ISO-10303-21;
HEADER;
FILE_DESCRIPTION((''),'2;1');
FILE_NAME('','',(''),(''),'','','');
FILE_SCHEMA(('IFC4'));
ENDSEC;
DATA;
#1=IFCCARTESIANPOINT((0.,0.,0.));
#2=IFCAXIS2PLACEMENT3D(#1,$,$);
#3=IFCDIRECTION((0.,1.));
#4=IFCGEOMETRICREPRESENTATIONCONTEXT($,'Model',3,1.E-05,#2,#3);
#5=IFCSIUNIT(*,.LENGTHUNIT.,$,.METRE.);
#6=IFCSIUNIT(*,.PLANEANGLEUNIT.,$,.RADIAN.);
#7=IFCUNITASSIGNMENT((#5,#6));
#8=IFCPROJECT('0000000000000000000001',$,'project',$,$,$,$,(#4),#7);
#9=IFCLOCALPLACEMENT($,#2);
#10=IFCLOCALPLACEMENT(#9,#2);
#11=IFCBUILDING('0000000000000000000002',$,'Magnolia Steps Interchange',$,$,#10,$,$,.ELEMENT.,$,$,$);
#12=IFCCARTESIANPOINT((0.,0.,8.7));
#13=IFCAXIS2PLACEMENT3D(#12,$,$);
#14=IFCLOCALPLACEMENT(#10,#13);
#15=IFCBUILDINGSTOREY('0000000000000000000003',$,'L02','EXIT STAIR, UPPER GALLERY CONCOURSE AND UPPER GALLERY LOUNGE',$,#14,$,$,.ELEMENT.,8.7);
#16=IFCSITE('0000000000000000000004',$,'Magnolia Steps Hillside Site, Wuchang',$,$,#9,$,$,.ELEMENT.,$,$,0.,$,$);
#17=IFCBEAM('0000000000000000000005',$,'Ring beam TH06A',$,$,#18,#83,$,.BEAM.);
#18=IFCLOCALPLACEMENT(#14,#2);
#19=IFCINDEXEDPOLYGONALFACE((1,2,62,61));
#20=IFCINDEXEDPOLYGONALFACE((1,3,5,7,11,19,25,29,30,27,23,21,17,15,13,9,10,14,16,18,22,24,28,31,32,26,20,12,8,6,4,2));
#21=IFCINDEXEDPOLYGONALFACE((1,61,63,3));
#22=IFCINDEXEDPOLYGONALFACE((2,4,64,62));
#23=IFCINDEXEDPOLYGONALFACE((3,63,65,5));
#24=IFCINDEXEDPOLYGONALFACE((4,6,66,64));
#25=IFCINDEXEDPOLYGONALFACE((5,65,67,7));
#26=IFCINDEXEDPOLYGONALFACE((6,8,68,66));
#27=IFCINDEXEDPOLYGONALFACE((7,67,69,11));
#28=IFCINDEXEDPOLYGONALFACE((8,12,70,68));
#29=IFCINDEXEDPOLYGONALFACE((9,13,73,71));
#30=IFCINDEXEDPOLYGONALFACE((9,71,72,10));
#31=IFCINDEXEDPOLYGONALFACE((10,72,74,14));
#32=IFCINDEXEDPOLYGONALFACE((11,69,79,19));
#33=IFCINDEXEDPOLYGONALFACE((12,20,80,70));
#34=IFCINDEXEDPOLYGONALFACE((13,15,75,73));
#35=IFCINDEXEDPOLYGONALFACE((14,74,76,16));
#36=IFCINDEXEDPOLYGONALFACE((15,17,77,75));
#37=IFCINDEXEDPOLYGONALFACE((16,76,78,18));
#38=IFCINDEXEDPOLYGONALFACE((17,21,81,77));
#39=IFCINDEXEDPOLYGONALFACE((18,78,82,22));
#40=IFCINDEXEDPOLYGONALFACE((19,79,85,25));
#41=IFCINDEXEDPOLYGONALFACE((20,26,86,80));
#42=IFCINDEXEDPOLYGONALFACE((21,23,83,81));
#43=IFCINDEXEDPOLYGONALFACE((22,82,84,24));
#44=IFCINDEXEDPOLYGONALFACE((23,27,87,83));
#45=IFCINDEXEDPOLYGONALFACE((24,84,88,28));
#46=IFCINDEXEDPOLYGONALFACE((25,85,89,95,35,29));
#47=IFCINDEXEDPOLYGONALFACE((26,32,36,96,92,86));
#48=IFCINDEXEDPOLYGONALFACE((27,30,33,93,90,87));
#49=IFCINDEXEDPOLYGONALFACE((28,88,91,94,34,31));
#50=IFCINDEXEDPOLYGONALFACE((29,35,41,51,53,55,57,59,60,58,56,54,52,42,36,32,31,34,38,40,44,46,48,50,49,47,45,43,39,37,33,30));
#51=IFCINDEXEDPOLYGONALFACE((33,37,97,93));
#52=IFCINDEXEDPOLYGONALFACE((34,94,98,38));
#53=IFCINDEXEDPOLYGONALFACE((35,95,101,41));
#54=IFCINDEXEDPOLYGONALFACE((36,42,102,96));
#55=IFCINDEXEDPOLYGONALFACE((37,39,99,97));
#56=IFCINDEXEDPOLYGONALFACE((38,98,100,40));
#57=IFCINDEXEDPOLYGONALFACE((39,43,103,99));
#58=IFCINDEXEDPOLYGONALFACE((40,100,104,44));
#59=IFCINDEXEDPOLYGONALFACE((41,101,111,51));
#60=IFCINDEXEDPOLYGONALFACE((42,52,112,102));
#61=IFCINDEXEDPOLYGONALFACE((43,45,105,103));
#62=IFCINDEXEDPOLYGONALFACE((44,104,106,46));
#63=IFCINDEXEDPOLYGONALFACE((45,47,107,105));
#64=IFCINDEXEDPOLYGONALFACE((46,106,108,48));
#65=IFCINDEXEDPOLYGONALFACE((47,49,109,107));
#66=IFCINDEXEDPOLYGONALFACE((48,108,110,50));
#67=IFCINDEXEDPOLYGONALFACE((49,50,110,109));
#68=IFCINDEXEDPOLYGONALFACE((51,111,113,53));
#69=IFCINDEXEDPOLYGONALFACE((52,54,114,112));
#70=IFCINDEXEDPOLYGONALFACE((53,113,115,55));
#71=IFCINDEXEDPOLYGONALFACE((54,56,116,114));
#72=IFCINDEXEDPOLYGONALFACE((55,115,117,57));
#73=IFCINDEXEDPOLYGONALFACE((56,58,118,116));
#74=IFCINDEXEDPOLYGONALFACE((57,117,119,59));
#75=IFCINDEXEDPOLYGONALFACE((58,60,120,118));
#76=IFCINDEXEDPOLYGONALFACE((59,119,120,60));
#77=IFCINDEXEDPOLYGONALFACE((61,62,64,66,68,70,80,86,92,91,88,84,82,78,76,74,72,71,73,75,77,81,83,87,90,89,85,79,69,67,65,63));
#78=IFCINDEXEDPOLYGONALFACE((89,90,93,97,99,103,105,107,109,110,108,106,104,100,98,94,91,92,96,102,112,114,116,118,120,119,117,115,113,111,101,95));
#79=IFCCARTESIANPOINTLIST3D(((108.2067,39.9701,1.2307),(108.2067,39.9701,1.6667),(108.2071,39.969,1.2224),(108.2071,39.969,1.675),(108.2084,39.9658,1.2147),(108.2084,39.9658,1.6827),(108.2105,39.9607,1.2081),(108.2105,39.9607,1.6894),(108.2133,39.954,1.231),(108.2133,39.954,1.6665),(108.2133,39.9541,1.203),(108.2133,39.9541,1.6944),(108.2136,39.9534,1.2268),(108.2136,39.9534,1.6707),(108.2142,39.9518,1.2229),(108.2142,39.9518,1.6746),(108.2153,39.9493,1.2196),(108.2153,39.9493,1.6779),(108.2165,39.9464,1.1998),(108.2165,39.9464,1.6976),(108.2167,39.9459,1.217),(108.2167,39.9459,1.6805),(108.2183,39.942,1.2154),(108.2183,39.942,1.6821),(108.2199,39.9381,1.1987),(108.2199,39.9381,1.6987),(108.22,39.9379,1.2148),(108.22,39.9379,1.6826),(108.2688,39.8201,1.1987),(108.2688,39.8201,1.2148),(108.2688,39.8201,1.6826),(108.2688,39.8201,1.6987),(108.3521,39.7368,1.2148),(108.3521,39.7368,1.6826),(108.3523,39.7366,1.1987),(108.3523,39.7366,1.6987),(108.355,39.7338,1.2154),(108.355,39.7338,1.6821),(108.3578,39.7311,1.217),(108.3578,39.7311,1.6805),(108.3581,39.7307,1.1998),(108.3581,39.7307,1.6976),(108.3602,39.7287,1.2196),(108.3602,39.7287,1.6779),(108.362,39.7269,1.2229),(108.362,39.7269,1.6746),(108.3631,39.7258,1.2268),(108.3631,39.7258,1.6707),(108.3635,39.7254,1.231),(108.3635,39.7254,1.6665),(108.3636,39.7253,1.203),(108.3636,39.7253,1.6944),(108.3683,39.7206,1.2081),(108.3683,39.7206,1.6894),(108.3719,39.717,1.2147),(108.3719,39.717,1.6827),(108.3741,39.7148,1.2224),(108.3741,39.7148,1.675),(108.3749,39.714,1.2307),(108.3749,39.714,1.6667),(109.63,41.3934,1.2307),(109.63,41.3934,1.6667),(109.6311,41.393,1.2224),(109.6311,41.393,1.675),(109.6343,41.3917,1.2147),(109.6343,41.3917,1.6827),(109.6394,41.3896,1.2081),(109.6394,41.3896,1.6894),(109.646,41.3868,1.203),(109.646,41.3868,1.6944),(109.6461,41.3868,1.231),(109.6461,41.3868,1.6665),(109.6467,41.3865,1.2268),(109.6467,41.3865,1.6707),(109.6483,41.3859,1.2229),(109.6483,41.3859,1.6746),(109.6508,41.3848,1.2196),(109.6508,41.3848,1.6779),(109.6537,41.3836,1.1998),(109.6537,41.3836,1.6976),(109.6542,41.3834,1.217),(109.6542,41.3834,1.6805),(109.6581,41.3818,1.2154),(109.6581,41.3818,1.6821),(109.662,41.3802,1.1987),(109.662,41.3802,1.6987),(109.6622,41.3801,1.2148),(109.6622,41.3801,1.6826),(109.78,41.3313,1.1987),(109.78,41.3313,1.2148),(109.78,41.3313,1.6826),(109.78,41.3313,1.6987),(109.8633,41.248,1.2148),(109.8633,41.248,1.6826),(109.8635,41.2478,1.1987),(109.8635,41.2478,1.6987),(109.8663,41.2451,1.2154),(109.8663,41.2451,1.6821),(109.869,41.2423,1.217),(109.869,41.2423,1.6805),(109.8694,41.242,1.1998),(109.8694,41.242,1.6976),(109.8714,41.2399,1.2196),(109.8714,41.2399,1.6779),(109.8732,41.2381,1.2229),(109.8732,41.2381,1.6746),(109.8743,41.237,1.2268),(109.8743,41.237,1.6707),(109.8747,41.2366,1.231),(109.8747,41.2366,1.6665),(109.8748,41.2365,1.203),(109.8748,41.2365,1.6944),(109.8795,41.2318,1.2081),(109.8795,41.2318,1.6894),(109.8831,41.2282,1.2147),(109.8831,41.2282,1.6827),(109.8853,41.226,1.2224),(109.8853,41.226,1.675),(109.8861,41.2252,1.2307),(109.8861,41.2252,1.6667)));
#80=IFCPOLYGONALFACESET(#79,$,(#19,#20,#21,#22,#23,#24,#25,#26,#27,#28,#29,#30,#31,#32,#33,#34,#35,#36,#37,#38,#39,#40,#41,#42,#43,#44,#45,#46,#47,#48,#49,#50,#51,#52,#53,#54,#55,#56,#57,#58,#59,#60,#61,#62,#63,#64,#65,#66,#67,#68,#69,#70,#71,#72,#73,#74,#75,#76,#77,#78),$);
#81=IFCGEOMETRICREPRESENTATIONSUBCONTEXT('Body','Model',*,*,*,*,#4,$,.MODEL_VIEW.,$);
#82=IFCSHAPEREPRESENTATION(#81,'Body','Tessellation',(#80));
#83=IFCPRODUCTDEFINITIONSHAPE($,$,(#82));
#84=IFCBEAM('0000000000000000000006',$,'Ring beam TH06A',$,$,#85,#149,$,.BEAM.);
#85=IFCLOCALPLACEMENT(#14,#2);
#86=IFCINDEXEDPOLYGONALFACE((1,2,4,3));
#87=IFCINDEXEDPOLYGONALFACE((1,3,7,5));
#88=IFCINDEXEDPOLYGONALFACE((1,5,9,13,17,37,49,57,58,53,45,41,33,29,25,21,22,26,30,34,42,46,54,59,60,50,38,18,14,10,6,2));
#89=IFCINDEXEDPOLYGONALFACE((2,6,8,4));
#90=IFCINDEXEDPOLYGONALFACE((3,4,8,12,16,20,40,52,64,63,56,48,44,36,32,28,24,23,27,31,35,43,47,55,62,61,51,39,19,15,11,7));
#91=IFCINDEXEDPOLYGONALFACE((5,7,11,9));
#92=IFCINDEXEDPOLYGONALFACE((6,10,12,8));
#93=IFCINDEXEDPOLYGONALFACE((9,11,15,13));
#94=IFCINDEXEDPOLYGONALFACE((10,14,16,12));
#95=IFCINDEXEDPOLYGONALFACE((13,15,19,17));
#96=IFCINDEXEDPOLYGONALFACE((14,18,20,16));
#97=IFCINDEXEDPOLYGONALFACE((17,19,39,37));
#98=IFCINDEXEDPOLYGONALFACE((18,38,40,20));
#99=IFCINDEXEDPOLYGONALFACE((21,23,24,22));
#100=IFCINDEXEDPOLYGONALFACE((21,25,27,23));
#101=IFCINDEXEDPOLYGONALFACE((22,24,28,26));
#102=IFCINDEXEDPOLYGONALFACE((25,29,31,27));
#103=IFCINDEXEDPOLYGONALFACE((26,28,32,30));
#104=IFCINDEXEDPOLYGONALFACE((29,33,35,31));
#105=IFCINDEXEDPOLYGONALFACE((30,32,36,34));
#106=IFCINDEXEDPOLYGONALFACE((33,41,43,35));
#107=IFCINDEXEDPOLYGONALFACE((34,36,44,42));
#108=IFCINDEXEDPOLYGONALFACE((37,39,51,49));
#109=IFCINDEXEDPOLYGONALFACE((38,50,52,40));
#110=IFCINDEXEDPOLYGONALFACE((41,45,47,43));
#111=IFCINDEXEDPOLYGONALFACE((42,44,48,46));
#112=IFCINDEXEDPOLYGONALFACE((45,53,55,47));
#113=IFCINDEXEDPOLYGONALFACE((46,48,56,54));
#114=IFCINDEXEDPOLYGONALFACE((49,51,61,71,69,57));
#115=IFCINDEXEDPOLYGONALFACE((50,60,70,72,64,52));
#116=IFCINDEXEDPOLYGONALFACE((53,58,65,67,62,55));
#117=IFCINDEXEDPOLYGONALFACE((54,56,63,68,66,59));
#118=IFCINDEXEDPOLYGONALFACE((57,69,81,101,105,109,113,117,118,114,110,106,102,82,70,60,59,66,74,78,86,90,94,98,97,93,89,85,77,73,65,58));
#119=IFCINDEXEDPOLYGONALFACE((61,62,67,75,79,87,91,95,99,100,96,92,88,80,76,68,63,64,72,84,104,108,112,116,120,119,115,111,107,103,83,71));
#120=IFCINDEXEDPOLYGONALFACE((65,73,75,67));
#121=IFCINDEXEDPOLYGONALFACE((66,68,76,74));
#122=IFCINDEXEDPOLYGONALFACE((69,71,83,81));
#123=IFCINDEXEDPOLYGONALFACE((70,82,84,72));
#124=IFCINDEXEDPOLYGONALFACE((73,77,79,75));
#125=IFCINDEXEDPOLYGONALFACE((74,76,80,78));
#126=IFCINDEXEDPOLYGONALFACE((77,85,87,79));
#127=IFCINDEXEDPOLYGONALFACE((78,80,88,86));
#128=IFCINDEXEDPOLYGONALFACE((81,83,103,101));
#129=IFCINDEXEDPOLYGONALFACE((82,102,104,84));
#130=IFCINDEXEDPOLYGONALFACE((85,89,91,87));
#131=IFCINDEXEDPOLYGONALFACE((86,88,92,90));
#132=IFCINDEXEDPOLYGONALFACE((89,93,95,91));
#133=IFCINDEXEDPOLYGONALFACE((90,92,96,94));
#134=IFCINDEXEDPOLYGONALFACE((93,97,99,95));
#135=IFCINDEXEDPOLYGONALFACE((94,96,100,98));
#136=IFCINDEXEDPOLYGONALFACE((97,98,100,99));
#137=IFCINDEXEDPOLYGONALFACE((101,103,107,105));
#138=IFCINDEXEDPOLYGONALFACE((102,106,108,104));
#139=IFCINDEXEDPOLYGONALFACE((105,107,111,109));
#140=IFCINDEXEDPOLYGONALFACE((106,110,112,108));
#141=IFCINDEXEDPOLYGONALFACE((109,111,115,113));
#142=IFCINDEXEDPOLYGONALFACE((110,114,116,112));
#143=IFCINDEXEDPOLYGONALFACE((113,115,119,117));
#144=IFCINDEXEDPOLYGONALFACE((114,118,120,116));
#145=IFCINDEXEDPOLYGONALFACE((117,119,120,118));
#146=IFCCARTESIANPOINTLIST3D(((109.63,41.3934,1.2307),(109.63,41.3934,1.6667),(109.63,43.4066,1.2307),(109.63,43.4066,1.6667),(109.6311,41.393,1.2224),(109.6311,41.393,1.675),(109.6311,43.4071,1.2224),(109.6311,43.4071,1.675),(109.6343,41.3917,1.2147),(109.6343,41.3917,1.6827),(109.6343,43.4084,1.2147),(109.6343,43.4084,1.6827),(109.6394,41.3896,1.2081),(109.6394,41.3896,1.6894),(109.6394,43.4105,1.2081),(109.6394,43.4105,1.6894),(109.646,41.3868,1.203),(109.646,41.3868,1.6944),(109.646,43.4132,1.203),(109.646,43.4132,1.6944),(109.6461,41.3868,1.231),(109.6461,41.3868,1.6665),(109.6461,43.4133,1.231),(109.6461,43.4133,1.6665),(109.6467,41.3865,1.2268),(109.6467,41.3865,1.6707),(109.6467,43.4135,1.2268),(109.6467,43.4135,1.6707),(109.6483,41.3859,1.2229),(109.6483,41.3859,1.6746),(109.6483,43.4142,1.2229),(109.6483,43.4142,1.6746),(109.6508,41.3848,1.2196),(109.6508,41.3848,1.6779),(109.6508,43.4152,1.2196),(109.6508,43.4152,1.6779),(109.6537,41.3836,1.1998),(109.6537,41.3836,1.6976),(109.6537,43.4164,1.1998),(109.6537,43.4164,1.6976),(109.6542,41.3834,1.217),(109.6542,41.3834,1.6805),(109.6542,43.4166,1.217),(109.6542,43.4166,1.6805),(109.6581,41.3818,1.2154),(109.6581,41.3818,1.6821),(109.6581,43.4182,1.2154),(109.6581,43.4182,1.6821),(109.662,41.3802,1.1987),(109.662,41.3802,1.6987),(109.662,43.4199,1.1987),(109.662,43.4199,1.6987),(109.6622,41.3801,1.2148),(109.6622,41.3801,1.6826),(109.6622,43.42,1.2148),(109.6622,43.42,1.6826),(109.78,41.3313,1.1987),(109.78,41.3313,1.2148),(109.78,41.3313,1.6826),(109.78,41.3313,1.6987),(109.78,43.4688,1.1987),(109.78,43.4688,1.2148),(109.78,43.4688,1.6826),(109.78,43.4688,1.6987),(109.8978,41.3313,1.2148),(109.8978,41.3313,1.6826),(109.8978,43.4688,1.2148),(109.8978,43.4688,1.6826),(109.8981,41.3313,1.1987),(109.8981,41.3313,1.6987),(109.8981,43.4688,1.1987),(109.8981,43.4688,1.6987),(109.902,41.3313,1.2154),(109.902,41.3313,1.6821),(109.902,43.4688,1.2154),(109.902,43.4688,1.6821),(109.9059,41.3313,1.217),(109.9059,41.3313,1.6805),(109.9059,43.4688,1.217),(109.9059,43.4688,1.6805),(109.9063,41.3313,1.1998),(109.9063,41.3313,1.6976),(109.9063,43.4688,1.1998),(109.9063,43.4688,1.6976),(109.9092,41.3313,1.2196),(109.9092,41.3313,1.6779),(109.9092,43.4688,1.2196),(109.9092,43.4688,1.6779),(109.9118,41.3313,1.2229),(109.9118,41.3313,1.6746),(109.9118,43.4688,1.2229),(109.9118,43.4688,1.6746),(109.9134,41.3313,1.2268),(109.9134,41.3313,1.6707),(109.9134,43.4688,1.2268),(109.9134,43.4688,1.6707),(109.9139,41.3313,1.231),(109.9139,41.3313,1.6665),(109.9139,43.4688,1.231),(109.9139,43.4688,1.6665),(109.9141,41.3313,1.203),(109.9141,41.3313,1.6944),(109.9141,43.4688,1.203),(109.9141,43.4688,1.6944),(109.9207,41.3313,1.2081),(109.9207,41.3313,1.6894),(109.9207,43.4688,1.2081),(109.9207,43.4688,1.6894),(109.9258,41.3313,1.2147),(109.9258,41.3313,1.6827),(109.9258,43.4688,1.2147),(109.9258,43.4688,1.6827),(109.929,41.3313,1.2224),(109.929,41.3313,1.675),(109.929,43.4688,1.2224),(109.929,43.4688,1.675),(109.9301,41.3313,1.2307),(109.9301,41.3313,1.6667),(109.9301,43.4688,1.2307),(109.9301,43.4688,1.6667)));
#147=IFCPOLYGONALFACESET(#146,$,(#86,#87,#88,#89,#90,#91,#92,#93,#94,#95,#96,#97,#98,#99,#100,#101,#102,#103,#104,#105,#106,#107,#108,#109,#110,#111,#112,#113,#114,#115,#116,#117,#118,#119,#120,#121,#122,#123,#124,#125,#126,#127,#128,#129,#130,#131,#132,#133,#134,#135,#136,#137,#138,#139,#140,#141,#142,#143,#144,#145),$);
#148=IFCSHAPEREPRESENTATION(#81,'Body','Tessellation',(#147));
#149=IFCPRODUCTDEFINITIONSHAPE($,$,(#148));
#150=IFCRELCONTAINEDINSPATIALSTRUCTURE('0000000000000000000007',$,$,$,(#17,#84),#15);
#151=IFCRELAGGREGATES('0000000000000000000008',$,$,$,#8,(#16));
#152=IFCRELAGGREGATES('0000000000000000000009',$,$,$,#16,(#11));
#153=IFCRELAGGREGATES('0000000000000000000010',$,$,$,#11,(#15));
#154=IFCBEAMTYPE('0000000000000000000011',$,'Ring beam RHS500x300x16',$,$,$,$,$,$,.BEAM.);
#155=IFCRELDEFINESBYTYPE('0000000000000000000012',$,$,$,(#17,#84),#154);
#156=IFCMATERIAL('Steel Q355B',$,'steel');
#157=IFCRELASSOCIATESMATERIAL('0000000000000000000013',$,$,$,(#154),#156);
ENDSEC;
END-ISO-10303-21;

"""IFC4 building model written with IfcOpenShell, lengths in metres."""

from ifc_helpers import new_model, si_unit, direction, frame, origin, origin_2d, place, context, subcontext, project, spatial, hollow_rectangle, extrude, clip, halfspace, material, material_profile, profile_set, type_object, element, save


model = new_model("IFC4")

# Units and contexts
model_context = context("Model", 3, precision=1e-05, world=origin(), true_north=direction((0.0, 1.0)))
body_context = subcontext(model_context, "Body", "Model", "MODEL_VIEW")
ifc_project = project(units=[si_unit("LENGTHUNIT", "METRE"), si_unit("PLANEANGLEUNIT", "RADIAN")], contexts=[model_context])

# Site, building, storey
site_placement = place(None, origin())
site = spatial("IfcSite", under=ifc_project, at=site_placement, Name="Magnolia Steps Hillside Site, Wuchang", CompositionType="ELEMENT", RefElevation=0.0)
building_placement = place(site_placement, origin())
building = spatial("IfcBuilding", under=site, at=building_placement, Name="Magnolia Steps Interchange", CompositionType="ELEMENT")
storey_placement = place(building_placement, frame((0.0, 0.0, 8.7)))
storey = spatial("IfcBuildingStorey", under=building, at=storey_placement, Name="L02", Description="EXIT STAIR, UPPER GALLERY CONCOURSE AND UPPER GALLERY LOUNGE", CompositionType="ELEMENT", Elevation=8.7)

# Beams
ifc_material_1 = material(Name="Steel Q355B", Category="steel")
ifc_material_profile_1 = material_profile(ifc_material_1, hollow_rectangle(XDim=0.3, YDim=0.5, WallThickness=0.0161, InnerFilletRadius=0.0161, OuterFilletRadius=0.032, at=origin_2d()), Name="RHS500x300x16")
ifc_profile_set_1 = profile_set([ifc_material_profile_1], Name="Steel Q355B")
beam_type = type_object("IfcBeamType", Name="Ring beam RHS500x300x16", PredefinedType="BEAM", material=ifc_profile_set_1)
beam_1_placement = place(storey_placement, frame((108.2688, 39.8201, 1.4487), z_axis=(0.707107, 0.707107, 0.0), x_axis=(-0.707107, 0.707107, 0.0)))
element("IfcBeam", 1, at=beam_1_placement, inside=storey, type_object=beam_type, Name="Ring beam TH06A", PredefinedType="BEAM", context=body_context, shape_type="Clipping", body=[
    clip(clip(extrude(hollow_rectangle(XDim=0.3, YDim=0.5, WallThickness=0.0161, InnerFilletRadius=0.0161, OuterFilletRadius=0.032, at=origin_2d()), origin(), (0.0, 0.0, 1.0), 2.1372), halfspace(frame((0.0, 0.0, 0.0), z_axis=(0.382683, 0.0, -0.92388), x_axis=(0.92388, 0.0, 0.382683)), False)), halfspace(frame((0.0, 0.0, 2.1372), z_axis=(0.382683, 0.0, 0.92388), x_axis=(0.92388, 0.0, -0.382683)), False)),
])
beam_2_placement = place(storey_placement, frame((109.78, 41.3313, 1.4487), z_axis=(0.0, 1.0, 0.0), x_axis=(-1.0, 0.0, 0.0)))
element("IfcBeam", 2, at=beam_2_placement, inside=storey, type_object=beam_type, Name="Ring beam TH06A", PredefinedType="BEAM", context=body_context, shape_type="Clipping", body=[
    clip(clip(extrude(hollow_rectangle(XDim=0.3, YDim=0.5, WallThickness=0.0161, InnerFilletRadius=0.0161, OuterFilletRadius=0.032, at=origin_2d()), origin(), (0.0, 0.0, 1.0), 2.1375), halfspace(frame((0.0, 0.0, 0.0), z_axis=(0.382683, 0.0, -0.92388), x_axis=(0.92388, 0.0, 0.382683)), False)), halfspace(frame((0.0, 0.0, 2.1375), z_axis=(0.382683, 0.0, 0.92388), x_axis=(0.92388, 0.0, -0.382683)), False)),
])

save(model, "model.ifc")
